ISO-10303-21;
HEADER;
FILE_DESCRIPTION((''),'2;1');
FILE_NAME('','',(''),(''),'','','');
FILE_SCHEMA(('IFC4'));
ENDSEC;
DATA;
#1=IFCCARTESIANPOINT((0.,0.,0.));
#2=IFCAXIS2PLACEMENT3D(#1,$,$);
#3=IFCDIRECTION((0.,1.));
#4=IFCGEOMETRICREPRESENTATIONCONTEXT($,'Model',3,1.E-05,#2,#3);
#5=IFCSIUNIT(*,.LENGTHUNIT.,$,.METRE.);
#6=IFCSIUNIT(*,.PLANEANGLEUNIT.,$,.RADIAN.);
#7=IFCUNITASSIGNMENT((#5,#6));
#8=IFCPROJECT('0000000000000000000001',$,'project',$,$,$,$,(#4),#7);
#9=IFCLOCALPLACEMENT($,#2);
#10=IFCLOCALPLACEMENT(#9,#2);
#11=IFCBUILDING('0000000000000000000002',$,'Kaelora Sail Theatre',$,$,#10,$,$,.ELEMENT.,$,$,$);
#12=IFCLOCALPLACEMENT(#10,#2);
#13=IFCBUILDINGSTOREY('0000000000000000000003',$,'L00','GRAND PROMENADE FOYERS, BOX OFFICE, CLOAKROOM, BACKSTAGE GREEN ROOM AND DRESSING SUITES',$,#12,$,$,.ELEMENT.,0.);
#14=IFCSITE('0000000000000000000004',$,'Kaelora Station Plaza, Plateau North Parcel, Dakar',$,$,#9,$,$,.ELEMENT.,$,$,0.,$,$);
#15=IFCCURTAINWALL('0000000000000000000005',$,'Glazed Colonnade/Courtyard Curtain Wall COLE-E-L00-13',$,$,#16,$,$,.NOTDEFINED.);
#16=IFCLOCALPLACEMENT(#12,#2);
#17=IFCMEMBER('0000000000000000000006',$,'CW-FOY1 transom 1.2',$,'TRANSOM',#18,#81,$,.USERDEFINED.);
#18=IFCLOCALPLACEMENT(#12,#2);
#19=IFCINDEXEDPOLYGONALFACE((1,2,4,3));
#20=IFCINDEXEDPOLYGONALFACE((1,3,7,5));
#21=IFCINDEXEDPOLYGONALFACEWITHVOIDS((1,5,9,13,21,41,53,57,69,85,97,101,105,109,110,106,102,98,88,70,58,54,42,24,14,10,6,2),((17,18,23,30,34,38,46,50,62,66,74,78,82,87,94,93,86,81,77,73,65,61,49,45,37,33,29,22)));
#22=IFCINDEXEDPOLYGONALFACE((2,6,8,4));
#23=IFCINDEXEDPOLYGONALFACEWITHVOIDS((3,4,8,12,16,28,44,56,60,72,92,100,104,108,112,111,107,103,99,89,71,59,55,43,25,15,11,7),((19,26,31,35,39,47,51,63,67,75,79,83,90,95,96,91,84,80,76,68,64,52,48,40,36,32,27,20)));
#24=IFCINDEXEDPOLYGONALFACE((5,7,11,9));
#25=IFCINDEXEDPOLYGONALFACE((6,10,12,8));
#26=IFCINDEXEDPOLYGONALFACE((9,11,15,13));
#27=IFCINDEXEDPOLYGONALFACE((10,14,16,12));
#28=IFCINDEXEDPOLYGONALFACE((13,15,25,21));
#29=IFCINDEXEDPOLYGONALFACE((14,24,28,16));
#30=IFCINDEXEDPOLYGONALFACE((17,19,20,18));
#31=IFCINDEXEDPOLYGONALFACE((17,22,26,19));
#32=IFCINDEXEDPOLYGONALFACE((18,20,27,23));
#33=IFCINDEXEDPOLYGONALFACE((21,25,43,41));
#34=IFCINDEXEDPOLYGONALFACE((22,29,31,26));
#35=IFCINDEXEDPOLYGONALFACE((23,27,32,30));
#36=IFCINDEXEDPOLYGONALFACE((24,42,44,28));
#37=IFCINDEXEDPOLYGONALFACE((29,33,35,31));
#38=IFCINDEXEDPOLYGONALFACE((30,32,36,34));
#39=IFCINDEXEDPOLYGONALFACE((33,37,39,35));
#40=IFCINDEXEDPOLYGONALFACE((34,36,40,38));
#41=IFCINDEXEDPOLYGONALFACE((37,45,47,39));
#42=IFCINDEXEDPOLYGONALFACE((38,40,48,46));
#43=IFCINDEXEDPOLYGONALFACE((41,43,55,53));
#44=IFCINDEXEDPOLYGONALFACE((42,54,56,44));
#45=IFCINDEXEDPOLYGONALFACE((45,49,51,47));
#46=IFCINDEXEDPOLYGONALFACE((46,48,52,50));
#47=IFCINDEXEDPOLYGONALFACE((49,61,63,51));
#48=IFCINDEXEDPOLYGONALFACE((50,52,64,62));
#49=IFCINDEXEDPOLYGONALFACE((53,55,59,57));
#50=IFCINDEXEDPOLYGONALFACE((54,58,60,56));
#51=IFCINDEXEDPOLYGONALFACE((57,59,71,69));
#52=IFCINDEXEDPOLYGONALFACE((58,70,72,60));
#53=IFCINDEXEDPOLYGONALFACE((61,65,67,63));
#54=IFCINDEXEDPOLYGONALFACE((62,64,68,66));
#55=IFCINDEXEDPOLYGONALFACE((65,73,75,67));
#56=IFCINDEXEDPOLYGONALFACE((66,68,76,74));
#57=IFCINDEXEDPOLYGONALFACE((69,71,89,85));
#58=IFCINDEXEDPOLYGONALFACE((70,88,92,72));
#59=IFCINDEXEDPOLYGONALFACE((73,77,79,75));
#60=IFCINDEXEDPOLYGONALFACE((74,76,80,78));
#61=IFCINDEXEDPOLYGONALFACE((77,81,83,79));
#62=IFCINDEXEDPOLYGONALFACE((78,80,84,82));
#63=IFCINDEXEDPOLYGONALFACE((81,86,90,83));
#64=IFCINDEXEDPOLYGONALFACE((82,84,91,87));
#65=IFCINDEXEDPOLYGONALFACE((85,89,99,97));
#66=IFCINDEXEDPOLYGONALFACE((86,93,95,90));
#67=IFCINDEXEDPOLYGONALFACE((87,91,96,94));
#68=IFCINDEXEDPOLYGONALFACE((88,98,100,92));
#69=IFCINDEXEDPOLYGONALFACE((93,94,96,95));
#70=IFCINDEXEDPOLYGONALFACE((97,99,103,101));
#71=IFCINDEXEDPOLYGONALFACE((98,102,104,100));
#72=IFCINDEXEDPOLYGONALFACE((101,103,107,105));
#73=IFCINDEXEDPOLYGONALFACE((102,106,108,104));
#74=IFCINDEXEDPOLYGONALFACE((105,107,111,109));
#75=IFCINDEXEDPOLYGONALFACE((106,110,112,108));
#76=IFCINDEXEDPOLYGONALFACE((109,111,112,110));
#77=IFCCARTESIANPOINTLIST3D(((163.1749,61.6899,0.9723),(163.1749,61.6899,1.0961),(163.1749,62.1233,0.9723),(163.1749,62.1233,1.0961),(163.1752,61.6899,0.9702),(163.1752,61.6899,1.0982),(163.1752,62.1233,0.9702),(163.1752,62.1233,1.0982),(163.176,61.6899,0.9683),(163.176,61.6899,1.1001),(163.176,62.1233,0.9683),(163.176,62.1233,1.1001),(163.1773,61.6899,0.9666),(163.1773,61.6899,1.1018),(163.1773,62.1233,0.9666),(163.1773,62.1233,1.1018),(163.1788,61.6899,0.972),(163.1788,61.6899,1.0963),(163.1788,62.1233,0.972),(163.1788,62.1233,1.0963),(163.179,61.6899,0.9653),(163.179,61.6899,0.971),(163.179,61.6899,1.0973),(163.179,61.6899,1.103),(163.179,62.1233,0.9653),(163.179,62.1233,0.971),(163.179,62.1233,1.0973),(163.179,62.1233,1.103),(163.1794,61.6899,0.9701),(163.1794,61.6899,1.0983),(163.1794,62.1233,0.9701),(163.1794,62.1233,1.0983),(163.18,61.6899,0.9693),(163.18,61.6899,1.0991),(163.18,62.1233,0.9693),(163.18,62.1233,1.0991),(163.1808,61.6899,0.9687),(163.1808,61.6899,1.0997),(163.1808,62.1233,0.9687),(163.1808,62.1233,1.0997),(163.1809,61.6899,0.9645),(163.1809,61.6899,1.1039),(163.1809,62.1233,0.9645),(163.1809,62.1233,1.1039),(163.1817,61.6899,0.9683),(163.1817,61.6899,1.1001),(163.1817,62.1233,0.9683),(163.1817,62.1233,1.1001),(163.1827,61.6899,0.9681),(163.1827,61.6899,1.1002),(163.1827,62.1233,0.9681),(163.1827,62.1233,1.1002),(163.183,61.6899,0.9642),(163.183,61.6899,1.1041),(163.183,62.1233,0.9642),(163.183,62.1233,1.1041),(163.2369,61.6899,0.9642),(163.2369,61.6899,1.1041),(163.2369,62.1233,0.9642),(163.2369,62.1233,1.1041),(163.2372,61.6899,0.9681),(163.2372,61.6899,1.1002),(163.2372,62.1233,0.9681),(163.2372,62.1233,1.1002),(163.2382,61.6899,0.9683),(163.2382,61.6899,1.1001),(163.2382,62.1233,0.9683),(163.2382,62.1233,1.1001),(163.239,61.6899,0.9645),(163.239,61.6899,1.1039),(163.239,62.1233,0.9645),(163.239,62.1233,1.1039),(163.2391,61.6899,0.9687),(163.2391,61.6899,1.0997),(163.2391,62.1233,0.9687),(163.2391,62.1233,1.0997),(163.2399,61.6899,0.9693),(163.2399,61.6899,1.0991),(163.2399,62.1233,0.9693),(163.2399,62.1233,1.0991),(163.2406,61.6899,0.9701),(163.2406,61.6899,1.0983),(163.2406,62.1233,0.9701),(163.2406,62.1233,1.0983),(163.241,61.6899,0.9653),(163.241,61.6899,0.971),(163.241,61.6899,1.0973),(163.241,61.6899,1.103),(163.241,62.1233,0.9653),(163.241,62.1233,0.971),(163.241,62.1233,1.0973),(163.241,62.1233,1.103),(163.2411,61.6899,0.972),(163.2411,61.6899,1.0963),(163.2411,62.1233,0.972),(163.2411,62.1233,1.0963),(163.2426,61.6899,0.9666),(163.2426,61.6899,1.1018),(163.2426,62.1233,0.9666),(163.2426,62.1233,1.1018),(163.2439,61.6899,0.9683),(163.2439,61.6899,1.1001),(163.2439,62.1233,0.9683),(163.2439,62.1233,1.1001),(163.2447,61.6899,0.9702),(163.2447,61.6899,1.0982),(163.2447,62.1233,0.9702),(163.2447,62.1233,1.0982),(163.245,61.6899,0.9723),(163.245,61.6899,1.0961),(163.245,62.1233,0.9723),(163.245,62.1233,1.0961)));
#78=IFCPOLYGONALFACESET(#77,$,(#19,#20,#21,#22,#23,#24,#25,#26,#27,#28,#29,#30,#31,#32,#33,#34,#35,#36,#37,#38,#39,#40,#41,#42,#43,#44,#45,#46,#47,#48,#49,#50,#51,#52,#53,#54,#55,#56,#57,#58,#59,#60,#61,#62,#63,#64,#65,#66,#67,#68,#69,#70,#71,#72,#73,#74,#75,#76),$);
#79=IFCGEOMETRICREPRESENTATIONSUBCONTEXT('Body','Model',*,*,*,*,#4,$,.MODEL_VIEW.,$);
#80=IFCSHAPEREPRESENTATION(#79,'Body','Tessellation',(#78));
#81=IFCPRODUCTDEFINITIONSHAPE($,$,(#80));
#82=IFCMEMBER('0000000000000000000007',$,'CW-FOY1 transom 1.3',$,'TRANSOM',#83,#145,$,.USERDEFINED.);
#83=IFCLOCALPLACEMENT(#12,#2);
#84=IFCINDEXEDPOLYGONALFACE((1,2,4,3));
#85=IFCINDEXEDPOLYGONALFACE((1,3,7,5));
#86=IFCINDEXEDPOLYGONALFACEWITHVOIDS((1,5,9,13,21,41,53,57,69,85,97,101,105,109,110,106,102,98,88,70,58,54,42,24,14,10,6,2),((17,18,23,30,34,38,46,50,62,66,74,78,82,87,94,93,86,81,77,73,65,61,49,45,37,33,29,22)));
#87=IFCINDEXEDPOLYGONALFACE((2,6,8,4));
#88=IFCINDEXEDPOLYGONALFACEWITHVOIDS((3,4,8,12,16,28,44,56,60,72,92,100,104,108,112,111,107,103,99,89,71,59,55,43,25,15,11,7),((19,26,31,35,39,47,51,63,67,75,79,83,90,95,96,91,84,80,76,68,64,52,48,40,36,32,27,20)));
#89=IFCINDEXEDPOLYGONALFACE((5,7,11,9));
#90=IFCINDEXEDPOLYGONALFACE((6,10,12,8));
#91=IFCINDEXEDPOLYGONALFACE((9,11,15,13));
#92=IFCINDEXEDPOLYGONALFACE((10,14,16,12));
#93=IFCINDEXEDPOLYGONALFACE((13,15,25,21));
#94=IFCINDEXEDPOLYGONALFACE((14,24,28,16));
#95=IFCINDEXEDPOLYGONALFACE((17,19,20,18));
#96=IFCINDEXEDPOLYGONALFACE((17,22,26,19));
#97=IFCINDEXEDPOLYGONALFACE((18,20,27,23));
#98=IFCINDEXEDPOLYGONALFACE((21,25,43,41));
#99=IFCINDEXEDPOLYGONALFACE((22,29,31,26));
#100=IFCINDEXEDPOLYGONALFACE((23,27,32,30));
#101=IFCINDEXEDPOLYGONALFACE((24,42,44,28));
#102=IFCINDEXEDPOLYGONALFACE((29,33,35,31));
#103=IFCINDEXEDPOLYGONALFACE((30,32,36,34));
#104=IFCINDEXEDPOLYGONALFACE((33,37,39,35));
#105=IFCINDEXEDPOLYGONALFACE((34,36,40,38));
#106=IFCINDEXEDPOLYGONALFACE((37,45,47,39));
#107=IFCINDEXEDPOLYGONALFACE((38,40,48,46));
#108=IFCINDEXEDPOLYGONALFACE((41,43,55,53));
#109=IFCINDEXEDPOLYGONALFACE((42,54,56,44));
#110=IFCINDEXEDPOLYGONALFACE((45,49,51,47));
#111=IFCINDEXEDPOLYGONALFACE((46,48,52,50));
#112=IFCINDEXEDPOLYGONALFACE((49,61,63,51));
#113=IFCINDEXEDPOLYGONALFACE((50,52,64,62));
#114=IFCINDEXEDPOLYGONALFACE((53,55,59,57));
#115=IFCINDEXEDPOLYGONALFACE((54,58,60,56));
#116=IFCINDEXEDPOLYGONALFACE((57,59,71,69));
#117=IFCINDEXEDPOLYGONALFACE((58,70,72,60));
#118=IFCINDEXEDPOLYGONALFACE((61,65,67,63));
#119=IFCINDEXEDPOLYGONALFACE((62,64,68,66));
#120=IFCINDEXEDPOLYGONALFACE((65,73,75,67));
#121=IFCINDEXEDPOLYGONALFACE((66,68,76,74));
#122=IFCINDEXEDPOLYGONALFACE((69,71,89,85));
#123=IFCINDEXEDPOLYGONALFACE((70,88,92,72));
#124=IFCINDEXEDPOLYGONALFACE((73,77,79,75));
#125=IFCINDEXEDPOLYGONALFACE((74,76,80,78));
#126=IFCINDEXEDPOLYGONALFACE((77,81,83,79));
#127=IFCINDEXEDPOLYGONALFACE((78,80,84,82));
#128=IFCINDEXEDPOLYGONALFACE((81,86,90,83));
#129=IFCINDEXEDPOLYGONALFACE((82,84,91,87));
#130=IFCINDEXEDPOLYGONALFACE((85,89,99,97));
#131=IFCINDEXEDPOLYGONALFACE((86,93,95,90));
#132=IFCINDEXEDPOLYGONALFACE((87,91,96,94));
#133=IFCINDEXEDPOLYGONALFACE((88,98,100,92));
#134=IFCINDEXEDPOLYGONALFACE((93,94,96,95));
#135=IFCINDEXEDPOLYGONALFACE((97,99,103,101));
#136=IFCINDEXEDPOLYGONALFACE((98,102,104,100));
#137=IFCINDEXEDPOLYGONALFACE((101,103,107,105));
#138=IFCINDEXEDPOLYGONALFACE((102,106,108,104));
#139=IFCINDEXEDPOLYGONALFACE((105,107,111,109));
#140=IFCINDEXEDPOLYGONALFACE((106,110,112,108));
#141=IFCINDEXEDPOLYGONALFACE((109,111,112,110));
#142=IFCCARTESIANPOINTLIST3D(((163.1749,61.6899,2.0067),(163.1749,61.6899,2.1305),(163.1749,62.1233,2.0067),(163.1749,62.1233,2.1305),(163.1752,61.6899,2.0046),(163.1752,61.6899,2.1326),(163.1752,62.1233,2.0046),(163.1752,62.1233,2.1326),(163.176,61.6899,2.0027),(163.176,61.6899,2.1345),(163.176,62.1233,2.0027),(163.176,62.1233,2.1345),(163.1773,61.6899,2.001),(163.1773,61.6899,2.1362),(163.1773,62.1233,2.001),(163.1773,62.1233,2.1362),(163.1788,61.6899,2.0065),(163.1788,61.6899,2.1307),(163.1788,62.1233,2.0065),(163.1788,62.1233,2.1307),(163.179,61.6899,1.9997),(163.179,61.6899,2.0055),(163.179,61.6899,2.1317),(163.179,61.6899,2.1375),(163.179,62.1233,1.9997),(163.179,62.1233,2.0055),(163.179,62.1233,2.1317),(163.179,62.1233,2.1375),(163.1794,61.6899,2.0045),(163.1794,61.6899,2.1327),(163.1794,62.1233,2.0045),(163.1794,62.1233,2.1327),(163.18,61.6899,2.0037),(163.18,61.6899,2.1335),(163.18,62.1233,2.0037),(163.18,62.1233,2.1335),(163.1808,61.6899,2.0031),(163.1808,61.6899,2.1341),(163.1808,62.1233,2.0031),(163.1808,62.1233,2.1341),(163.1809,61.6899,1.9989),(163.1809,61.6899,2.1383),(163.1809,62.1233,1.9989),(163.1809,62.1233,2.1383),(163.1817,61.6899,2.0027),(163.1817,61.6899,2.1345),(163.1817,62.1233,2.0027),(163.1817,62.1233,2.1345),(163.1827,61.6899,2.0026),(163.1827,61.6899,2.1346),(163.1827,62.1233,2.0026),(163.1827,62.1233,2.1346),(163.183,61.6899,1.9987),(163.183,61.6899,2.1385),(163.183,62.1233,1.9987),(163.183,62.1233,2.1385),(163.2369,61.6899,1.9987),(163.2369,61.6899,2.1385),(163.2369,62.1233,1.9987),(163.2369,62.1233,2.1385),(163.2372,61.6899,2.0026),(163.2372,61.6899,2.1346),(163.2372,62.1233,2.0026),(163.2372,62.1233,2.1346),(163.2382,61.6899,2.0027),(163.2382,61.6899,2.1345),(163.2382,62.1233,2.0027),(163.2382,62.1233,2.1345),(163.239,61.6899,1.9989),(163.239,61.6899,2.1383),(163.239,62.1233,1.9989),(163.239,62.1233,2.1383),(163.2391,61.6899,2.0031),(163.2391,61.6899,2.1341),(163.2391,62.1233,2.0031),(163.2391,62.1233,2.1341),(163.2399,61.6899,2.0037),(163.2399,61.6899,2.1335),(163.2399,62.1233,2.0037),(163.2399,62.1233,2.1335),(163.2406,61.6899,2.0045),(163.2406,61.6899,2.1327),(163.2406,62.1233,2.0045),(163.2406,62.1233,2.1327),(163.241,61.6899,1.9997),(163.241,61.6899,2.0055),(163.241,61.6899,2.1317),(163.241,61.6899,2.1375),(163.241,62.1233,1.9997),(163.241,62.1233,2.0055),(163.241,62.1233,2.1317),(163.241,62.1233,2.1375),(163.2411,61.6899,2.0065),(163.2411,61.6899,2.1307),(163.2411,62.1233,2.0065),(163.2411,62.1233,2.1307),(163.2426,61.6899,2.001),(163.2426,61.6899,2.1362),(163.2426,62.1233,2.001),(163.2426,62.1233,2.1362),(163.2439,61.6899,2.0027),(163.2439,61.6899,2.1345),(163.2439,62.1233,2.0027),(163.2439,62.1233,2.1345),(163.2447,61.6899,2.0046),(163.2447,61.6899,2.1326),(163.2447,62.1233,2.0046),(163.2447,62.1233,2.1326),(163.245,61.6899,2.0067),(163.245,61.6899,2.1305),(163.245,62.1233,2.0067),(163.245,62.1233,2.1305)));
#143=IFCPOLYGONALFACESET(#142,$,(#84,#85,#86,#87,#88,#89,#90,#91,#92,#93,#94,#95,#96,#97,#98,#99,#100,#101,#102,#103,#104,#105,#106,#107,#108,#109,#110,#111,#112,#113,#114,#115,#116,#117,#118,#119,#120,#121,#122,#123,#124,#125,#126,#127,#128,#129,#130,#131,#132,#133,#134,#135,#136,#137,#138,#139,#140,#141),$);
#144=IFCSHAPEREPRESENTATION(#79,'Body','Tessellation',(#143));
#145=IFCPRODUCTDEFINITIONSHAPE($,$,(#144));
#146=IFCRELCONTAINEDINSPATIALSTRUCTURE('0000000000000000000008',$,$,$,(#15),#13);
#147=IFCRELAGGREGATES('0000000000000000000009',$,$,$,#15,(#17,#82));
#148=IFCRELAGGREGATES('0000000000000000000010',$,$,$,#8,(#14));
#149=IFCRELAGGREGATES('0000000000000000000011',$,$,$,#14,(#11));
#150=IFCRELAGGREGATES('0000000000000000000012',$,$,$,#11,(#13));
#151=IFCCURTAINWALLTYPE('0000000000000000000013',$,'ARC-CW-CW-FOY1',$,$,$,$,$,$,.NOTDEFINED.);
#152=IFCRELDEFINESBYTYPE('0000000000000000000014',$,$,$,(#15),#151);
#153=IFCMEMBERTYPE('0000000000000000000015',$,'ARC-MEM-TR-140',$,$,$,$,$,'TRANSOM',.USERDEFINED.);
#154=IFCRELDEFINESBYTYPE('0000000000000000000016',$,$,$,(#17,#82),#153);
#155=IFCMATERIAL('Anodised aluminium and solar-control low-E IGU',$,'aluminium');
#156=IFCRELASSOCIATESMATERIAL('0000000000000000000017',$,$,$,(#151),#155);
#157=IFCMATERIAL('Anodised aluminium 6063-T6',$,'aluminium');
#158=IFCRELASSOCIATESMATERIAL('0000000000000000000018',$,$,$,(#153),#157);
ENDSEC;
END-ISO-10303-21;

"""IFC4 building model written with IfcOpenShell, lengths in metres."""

from ifc_helpers import new_model, si_unit, direction, frame, origin, origin_2d, place, context, subcontext, project, spatial, hollow_rectangle, extrude, material, material_profile, profile_set, type_object, element, aggregate, save


model = new_model("IFC4")

# Units and contexts
model_context = context("Model", 3, precision=1e-05, world=origin(), true_north=direction((0.0, 1.0)))
body_context = subcontext(model_context, "Body", "Model", "MODEL_VIEW")
ifc_project = project(units=[si_unit("LENGTHUNIT", "METRE"), si_unit("PLANEANGLEUNIT", "RADIAN")], contexts=[model_context])

# Site, building, storey
site_placement = place(None, origin())
site = spatial("IfcSite", under=ifc_project, at=site_placement, Name="Kaelora Station Plaza, Plateau North Parcel, Dakar", CompositionType="ELEMENT", RefElevation=0.0)
building_placement = place(site_placement, origin())
building = spatial("IfcBuilding", under=site, at=building_placement, Name="Kaelora Sail Theatre", CompositionType="ELEMENT")
storey_placement = place(building_placement, origin())
storey = spatial("IfcBuildingStorey", under=building, at=storey_placement, Name="L00", Description="GRAND PROMENADE FOYERS, BOX OFFICE, CLOAKROOM, BACKSTAGE GREEN ROOM AND DRESSING SUITES", CompositionType="ELEMENT", Elevation=0.0)

# Shared definitions
ifc_material_1 = material(Name="Anodised aluminium and solar-control low-E IGU", Category="aluminium")
curtain_wall_type = type_object("IfcCurtainWallType", Name="ARC-CW-CW-FOY1", PredefinedType="NOTDEFINED", material=ifc_material_1)

# Curtain wall, members
curtain_wall_1_placement = place(storey_placement, origin())
curtain_wall_1 = element("IfcCurtainWall", 1, at=curtain_wall_1_placement, inside=storey, type_object=curtain_wall_type, Name="Glazed Colonnade/Courtyard Curtain Wall COLE-E-L00-13", PredefinedType="NOTDEFINED")
ifc_material_2 = material(Name="Anodised aluminium 6063-T6", Category="aluminium")
ifc_material_profile_1 = material_profile(ifc_material_2, hollow_rectangle(XDim=0.0701, YDim=0.1399, WallThickness=0.0039, InnerFilletRadius=0.0039, OuterFilletRadius=0.0081, at=origin_2d()), Name="ALU-TRAN 70x140x4")
ifc_profile_set_1 = profile_set([ifc_material_profile_1], Name="Anodised aluminium 6063-T6")
member_type_1 = type_object("IfcMemberType", Name="ARC-MEM-TR-140", ElementType="TRANSOM", PredefinedType="USERDEFINED", material=ifc_profile_set_1)
member_1_placement = place(storey_placement, frame((163.21, 61.6899, 1.0342), z_axis=(0.0, 1.0, 0.0), x_axis=(-1.0, 0.0, 0.0)))
member_1 = element("IfcMember", 2, at=member_1_placement, type_object=member_type_1, Name="CW-FOY1 transom 1.2", ObjectType="TRANSOM", PredefinedType="USERDEFINED", context=body_context, shape_type="SweptSolid", body=[
    extrude(hollow_rectangle(XDim=0.0701, YDim=0.1399, WallThickness=0.0039, InnerFilletRadius=0.0039, OuterFilletRadius=0.0081, at=origin_2d()), origin(), (0.0, 0.0, 1.0), 0.4333),
])
member_2_placement = place(storey_placement, frame((163.21, 61.6899, 2.0686), z_axis=(0.0, 1.0, 0.0), x_axis=(-1.0, 0.0, 0.0)))
member_2 = element("IfcMember", 3, at=member_2_placement, type_object=member_type_1, Name="CW-FOY1 transom 1.3", ObjectType="TRANSOM", PredefinedType="USERDEFINED", context=body_context, shape_type="SweptSolid", body=[
    extrude(hollow_rectangle(XDim=0.0701, YDim=0.1399, WallThickness=0.0039, InnerFilletRadius=0.0039, OuterFilletRadius=0.0081, at=origin_2d()), origin(), (0.0, 0.0, 1.0), 0.4333),
])

aggregate(curtain_wall_1, [member_1, member_2])

save(model, "model.ifc")
